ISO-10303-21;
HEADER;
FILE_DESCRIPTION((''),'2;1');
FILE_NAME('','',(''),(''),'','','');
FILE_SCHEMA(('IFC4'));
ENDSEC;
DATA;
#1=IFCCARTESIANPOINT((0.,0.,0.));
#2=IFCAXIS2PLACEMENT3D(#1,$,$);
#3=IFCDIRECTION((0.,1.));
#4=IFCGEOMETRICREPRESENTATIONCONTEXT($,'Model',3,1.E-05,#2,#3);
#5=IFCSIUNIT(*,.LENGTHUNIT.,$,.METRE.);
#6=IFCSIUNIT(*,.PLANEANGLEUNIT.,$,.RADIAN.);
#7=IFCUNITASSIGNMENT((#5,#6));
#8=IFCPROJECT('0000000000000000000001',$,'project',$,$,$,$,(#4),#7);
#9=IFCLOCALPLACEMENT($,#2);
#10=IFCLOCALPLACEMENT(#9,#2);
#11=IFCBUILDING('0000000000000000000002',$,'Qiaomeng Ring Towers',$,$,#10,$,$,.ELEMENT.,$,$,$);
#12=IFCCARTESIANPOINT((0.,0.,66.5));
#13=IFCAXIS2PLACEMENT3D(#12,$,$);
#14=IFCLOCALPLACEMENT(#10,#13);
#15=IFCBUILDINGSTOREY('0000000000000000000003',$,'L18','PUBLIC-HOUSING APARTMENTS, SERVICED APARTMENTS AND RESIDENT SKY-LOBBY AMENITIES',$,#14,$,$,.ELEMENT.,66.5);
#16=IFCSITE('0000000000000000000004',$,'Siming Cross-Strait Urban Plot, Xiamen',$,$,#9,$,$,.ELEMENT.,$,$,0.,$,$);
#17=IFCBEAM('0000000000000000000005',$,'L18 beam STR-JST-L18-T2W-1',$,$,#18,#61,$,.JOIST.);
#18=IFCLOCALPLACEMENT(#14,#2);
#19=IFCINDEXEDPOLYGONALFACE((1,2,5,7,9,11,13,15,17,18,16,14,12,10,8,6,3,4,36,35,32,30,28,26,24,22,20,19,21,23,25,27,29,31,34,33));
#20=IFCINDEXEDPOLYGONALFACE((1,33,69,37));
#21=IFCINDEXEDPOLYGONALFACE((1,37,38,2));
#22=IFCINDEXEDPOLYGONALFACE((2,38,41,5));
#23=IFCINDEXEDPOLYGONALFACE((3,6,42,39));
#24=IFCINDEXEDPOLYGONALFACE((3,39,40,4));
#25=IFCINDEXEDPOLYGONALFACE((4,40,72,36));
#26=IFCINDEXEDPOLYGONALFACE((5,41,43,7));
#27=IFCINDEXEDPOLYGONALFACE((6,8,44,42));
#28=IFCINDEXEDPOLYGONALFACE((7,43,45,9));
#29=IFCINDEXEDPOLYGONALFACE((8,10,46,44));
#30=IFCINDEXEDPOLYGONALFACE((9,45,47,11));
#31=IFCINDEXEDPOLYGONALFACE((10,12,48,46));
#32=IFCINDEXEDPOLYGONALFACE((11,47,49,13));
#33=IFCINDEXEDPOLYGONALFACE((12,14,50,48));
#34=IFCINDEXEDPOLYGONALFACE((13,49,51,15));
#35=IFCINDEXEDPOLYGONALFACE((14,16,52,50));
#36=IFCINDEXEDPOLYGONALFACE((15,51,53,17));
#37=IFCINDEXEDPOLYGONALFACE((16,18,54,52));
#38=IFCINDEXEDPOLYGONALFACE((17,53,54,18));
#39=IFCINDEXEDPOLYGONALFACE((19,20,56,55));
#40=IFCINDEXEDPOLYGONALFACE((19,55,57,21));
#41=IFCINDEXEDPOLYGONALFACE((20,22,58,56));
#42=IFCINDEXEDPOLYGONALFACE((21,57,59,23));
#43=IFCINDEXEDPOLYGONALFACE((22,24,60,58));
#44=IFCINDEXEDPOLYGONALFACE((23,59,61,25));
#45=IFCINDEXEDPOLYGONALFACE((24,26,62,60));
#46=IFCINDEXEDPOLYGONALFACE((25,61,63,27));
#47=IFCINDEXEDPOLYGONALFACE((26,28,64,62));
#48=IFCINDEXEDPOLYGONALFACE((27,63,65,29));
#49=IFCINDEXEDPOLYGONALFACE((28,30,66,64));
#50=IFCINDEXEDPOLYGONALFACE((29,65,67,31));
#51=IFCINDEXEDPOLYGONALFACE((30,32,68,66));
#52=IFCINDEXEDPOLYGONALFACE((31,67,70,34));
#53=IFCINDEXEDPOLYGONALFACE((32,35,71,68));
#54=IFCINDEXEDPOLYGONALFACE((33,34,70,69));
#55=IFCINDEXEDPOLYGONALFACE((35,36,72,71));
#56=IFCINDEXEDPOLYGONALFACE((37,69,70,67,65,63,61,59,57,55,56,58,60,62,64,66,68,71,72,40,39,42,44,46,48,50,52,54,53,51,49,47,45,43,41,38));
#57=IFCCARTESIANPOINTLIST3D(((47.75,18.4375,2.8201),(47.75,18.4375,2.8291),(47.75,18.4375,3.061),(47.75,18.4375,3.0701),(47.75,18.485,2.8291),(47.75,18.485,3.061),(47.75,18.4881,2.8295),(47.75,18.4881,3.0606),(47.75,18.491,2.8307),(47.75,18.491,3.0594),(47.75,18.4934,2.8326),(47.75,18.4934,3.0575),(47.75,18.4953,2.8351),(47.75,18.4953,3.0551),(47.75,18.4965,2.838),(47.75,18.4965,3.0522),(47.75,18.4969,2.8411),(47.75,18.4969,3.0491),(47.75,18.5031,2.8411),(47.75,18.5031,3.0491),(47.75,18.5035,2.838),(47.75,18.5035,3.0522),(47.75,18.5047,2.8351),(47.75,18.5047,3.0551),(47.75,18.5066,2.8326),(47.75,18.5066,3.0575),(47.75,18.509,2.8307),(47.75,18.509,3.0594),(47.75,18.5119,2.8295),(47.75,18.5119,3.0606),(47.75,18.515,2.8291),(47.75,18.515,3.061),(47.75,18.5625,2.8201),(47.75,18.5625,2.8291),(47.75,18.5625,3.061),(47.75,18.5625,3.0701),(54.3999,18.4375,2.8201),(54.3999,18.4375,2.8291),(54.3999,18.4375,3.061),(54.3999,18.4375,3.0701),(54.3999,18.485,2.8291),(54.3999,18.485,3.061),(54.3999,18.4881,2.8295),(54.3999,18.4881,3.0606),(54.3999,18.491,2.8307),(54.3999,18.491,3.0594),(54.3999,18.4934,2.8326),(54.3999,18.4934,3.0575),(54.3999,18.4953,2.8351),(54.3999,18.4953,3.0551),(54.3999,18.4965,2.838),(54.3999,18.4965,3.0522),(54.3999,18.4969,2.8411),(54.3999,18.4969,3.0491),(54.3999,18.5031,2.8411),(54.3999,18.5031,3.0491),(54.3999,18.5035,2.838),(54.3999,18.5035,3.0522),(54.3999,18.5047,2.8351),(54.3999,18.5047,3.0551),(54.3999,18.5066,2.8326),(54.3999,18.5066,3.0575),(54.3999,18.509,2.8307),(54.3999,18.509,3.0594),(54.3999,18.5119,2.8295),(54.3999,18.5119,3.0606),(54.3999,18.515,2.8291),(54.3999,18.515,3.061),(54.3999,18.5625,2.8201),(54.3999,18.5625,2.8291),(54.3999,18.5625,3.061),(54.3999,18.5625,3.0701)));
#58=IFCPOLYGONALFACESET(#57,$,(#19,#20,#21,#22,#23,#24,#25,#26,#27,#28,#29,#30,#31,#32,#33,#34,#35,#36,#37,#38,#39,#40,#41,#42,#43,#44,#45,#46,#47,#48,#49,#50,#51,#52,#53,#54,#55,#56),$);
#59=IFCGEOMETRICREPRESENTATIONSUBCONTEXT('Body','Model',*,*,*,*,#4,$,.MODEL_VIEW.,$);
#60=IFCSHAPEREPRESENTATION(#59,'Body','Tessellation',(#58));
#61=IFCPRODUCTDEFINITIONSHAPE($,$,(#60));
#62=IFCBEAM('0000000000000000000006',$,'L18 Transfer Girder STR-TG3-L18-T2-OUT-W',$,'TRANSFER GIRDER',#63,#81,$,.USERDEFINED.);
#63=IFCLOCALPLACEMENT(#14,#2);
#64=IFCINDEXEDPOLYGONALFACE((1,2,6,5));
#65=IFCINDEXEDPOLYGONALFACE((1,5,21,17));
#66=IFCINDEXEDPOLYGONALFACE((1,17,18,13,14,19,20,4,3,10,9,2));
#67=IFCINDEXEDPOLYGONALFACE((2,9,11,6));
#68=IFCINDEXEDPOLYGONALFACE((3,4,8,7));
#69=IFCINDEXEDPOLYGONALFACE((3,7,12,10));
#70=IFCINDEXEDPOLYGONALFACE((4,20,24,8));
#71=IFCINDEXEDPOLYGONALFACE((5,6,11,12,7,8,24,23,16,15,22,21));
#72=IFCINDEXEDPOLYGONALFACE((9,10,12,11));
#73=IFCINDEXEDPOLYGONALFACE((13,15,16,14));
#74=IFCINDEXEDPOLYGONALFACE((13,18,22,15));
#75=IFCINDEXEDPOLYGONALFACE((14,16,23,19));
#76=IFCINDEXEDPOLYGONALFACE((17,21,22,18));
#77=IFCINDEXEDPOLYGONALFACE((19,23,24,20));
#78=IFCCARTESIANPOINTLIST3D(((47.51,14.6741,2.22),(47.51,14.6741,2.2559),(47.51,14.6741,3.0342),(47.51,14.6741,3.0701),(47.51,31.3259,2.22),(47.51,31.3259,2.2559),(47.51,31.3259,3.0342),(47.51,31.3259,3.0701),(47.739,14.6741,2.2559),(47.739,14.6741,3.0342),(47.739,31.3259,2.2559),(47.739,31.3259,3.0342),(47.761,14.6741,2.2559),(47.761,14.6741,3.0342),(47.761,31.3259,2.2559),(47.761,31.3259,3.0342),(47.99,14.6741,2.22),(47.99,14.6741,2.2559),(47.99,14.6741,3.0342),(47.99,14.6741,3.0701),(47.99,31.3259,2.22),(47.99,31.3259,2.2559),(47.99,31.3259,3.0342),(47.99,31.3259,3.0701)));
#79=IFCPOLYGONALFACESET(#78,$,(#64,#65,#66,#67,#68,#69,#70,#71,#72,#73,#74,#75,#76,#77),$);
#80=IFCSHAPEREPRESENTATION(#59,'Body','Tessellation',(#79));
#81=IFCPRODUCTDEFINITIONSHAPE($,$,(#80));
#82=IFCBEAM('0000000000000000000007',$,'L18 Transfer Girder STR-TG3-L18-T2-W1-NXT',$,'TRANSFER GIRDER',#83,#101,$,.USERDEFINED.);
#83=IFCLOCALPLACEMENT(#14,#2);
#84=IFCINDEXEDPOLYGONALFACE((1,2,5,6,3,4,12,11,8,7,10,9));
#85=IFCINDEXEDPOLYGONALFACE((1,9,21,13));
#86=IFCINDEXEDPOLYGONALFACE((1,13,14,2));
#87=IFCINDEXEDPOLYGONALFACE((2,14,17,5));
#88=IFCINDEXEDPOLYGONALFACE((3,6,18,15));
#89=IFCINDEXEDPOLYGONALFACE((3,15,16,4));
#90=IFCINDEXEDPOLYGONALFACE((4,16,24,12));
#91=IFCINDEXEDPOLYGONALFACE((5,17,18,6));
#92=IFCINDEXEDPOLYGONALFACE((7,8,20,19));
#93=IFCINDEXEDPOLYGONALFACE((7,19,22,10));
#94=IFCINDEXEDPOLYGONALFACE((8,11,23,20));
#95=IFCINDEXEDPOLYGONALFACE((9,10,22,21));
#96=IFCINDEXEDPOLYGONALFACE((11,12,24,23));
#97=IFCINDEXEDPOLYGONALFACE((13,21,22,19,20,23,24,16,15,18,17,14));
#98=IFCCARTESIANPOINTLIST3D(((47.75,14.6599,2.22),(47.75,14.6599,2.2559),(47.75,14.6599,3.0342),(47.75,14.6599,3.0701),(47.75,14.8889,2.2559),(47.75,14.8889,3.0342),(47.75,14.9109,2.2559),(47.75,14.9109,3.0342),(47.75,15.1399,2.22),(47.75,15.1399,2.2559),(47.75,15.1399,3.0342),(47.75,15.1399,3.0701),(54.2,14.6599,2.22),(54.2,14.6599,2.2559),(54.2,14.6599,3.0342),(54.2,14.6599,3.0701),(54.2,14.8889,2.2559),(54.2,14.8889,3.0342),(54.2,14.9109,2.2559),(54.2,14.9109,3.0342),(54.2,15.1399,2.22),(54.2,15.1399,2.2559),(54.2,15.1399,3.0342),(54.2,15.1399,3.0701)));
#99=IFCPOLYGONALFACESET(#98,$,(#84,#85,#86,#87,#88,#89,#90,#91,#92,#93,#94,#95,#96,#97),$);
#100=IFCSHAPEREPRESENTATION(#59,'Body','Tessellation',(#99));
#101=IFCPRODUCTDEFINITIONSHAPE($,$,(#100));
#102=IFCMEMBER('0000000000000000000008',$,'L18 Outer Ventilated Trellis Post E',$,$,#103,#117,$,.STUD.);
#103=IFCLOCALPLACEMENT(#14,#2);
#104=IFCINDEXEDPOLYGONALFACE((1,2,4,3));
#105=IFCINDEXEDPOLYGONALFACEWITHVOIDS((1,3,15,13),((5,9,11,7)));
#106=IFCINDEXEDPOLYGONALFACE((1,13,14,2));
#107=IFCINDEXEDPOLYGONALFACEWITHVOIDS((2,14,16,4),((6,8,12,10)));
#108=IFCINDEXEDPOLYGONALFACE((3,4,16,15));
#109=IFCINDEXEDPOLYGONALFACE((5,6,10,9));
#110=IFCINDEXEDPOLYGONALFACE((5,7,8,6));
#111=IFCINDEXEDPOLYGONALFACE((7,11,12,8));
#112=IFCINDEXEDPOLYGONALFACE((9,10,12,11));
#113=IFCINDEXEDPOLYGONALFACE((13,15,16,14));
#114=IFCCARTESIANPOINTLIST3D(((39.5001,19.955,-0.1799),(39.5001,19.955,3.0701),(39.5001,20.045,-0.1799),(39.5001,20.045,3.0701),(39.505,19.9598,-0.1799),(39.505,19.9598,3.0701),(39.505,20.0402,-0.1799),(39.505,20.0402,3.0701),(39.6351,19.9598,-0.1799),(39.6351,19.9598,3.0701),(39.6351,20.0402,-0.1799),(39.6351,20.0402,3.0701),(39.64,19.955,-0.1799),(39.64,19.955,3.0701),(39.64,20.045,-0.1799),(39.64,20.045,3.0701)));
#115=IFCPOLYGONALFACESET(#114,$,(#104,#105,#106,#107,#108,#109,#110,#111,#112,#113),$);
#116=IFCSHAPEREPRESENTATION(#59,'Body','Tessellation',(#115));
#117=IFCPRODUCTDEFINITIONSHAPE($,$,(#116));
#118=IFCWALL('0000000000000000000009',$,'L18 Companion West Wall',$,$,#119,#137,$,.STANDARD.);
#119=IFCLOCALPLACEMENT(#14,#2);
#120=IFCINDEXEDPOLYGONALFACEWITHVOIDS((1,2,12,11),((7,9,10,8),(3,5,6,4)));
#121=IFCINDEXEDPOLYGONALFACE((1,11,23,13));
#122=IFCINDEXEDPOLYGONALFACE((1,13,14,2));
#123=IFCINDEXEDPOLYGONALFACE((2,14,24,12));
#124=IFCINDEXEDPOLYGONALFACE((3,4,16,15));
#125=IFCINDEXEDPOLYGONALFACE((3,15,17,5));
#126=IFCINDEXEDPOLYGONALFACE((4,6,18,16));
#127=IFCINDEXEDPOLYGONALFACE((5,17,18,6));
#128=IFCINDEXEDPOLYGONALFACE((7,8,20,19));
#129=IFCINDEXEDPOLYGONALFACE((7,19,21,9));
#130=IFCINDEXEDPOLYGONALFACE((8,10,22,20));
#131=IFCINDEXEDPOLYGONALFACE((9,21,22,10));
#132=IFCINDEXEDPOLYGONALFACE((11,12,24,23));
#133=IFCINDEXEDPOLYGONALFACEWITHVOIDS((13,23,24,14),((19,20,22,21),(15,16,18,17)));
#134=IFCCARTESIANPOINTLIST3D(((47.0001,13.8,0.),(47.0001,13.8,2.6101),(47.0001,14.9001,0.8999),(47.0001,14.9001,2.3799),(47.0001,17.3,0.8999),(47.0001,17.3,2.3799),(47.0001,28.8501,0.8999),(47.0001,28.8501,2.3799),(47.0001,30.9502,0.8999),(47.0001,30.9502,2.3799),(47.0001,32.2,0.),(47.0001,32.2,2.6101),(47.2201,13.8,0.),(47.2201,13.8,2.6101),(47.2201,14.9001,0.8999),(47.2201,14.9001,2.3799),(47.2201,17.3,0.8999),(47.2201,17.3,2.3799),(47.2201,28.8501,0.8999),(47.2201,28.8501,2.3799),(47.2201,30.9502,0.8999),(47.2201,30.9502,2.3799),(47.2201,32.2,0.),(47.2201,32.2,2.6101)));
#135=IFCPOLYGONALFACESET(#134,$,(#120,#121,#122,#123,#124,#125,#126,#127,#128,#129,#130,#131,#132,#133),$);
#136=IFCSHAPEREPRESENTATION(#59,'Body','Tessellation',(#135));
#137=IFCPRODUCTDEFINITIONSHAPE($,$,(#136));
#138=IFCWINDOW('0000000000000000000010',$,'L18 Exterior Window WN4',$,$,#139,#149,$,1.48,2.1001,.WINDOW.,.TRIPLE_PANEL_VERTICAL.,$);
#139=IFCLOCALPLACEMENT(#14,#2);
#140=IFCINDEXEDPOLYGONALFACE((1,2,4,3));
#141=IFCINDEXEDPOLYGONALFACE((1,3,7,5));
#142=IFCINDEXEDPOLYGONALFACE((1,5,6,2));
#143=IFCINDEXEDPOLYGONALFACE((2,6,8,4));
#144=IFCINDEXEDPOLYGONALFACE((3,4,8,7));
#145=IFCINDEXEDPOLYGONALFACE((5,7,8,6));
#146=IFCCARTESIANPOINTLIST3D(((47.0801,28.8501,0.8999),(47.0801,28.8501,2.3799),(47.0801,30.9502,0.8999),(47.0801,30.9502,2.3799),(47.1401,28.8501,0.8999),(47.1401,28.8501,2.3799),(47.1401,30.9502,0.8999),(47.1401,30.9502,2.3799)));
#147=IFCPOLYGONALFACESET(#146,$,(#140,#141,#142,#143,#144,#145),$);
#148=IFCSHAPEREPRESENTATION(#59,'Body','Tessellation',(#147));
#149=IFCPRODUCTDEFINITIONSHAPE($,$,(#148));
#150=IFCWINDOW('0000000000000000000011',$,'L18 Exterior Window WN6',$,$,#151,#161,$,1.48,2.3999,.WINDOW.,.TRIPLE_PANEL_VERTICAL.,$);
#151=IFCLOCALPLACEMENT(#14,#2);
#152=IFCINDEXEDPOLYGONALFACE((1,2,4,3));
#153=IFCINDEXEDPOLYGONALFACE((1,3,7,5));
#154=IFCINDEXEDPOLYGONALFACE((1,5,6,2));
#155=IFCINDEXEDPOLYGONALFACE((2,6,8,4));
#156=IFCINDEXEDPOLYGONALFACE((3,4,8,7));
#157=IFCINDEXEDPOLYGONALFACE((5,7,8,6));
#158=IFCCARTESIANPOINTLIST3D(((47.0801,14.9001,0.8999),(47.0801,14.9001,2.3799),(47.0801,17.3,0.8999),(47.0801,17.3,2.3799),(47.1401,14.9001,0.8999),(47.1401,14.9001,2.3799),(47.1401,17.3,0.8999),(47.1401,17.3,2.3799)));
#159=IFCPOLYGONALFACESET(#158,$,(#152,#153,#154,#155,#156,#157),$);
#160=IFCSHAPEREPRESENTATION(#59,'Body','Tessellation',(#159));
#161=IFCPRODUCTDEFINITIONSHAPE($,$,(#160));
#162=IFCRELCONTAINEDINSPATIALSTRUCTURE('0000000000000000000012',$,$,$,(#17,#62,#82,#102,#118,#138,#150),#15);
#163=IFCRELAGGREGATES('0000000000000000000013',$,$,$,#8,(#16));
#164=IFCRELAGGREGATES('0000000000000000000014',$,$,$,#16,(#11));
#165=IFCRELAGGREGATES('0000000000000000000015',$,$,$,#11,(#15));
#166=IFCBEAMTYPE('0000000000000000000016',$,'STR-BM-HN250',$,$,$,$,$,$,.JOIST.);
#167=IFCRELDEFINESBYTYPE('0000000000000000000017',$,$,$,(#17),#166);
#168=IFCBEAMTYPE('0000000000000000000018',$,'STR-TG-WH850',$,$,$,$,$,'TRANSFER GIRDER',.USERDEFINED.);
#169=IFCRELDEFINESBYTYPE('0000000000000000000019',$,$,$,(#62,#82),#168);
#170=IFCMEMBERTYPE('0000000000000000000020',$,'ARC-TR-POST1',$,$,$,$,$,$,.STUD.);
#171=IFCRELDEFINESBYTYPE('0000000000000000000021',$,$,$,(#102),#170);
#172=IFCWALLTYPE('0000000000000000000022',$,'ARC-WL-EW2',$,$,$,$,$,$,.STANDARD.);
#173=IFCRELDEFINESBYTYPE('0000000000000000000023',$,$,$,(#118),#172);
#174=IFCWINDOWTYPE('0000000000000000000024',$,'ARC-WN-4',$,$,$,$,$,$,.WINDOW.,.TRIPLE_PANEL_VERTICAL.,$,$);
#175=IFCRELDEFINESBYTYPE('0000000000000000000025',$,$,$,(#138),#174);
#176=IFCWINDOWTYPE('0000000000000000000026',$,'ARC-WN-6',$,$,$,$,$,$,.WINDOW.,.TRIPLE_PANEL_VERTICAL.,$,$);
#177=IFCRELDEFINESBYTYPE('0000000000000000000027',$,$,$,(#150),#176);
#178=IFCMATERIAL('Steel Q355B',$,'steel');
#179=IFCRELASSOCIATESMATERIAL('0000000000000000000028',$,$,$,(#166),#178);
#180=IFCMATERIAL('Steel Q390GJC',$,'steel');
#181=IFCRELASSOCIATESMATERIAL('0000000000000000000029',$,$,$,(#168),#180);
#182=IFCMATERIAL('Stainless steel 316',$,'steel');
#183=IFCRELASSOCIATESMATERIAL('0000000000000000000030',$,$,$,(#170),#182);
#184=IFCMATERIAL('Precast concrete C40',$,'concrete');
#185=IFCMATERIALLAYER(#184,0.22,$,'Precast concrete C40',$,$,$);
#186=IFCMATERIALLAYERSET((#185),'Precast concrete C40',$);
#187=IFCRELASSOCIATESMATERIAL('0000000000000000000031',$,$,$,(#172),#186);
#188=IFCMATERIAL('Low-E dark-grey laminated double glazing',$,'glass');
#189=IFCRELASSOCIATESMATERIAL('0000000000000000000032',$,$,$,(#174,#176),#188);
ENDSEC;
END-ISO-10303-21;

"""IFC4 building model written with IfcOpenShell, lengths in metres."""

from ifc_helpers import new_model, si_unit, direction, frame, frame_2d, origin, origin_2d, place, context, subcontext, project, spatial, rectangle, hollow_rectangle, i_section, extrude, source, transform, mapped, material, layer, layer_set, material_profile, profile_set, type_object, element, fill, save


model = new_model("IFC4")

# Units and contexts
model_context = context("Model", 3, precision=1e-05, world=origin(), true_north=direction((0.0, 1.0)))
body_context = subcontext(model_context, "Body", "Model", "MODEL_VIEW")
ifc_project = project(units=[si_unit("LENGTHUNIT", "METRE"), si_unit("PLANEANGLEUNIT", "RADIAN")], contexts=[model_context])

# Site, building, storey
site_placement = place(None, origin())
site = spatial("IfcSite", under=ifc_project, at=site_placement, Name="Siming Cross-Strait Urban Plot, Xiamen", CompositionType="ELEMENT", RefElevation=0.0)
building_placement = place(site_placement, origin())
building = spatial("IfcBuilding", under=site, at=building_placement, Name="Qiaomeng Ring Towers", CompositionType="ELEMENT")
storey_placement = place(building_placement, frame((0.0, 0.0, 66.5)))
storey = spatial("IfcBuildingStorey", under=building, at=storey_placement, Name="L18", Description="PUBLIC-HOUSING APARTMENTS, SERVICED APARTMENTS AND RESIDENT SKY-LOBBY AMENITIES", CompositionType="ELEMENT", Elevation=66.5)

# Beams
ifc_material_1 = material(Name="Steel Q355B", Category="steel")
ifc_material_profile_1 = material_profile(ifc_material_1, i_section(OverallWidth=0.125, OverallDepth=0.25, WebThickness=0.0061, FlangeThickness=0.009, FilletRadius=0.012, at=origin_2d()), Name="HN 250x125x6x9")
ifc_profile_set_1 = profile_set([ifc_material_profile_1], Name="Steel Q355B")
beam_type_1 = type_object("IfcBeamType", Name="STR-BM-HN250", PredefinedType="JOIST", material=ifc_profile_set_1)
shared_shape_1 = source(origin(), body_context, "Body", "SweptSolid", [
    extrude(i_section(OverallWidth=0.125, OverallDepth=0.25, WebThickness=0.0061, FlangeThickness=0.009, FilletRadius=0.012, at=origin_2d()), origin(), (0.0, 0.0, 1.0), 6.6499),
])
beam_1_placement = place(storey_placement, frame((47.75, 18.5, 2.9451), z_axis=(1.0, 0.0, 0.0), x_axis=(0.0, 1.0, 0.0)))
element("IfcBeam", 1, at=beam_1_placement, inside=storey, type_object=beam_type_1, Name="L18 beam STR-JST-L18-T2W-1", PredefinedType="JOIST", context=body_context, shape_type="MappedRepresentation", body=[
    mapped(shared_shape_1, transform((0.0, 0.0, 0.0), x_axis=(1.0, 0.0, 0.0), y_axis=(0.0, 1.0, 0.0), z_axis=(0.0, 0.0, 1.0), scale=1.0)),
])
ifc_material_2 = material(Name="Steel Q390GJC", Category="steel")
ifc_material_profile_2 = material_profile(ifc_material_2, i_section(OverallWidth=0.48, OverallDepth=0.8501, WebThickness=0.022, FlangeThickness=0.0359, at=origin_2d()), Name="WH 850x480x22x36")
ifc_profile_set_2 = profile_set([ifc_material_profile_2], Name="Steel Q390GJC")
beam_type_2 = type_object("IfcBeamType", Name="STR-TG-WH850", ElementType="TRANSFER GIRDER", PredefinedType="USERDEFINED", material=ifc_profile_set_2)
shared_shape_2 = source(origin(), body_context, "Body", "SweptSolid", [
    extrude(i_section(OverallWidth=0.48, OverallDepth=0.8501, WebThickness=0.022, FlangeThickness=0.0359, at=origin_2d()), origin(), (0.0, 0.0, 1.0), 16.6519),
])
beam_2_placement = place(storey_placement, frame((47.75, 14.6741, 2.645), z_axis=(0.0, 1.0, 0.0), x_axis=(-1.0, 0.0, 0.0)))
element("IfcBeam", 2, at=beam_2_placement, inside=storey, type_object=beam_type_2, Name="L18 Transfer Girder STR-TG3-L18-T2-OUT-W", ObjectType="TRANSFER GIRDER", PredefinedType="USERDEFINED", context=body_context, shape_type="MappedRepresentation", body=[
    mapped(shared_shape_2, transform((0.0, 0.0, 0.0), x_axis=(1.0, 0.0, 0.0), y_axis=(0.0, 1.0, 0.0), z_axis=(0.0, 0.0, 1.0), scale=1.0)),
])
shared_shape_3 = source(origin(), body_context, "Body", "SweptSolid", [
    extrude(i_section(OverallWidth=0.48, OverallDepth=0.8501, WebThickness=0.022, FlangeThickness=0.0359, at=origin_2d()), origin(), (0.0, 0.0, 1.0), 6.45),
])
beam_3_placement = place(storey_placement, frame((47.75, 14.8999, 2.645), z_axis=(1.0, 0.0, 0.0), x_axis=(0.0, 1.0, 0.0)))
element("IfcBeam", 3, at=beam_3_placement, inside=storey, type_object=beam_type_2, Name="L18 Transfer Girder STR-TG3-L18-T2-W1-NXT", ObjectType="TRANSFER GIRDER", PredefinedType="USERDEFINED", context=body_context, shape_type="MappedRepresentation", body=[
    mapped(shared_shape_3, transform((0.0, 0.0, 0.0), x_axis=(1.0, 0.0, 0.0), y_axis=(0.0, 1.0, 0.0), z_axis=(0.0, 0.0, 1.0), scale=1.0)),
])

# Member
ifc_material_3 = material(Name="Stainless steel 316", Category="steel")
ifc_material_profile_3 = material_profile(ifc_material_3, hollow_rectangle(XDim=0.0901, YDim=0.1399, WallThickness=0.0049, at=origin_2d()), Name="SS TRELLIS 90x140")
ifc_profile_set_3 = profile_set([ifc_material_profile_3], Name="Stainless steel 316")
member_type = type_object("IfcMemberType", Name="ARC-TR-POST1", PredefinedType="STUD", material=ifc_profile_set_3)
shared_shape_4 = source(origin(), body_context, "Body", "SweptSolid", [
    extrude(hollow_rectangle(XDim=0.0901, YDim=0.1399, WallThickness=0.0049, at=origin_2d()), origin(), (0.0, 0.0, 1.0), 3.25),
])
member_placement = place(storey_placement, frame((39.5701, 20.0, -0.1799), z_axis=(0.0, 0.0, 1.0), x_axis=(0.0, 1.0, 0.0)))
element("IfcMember", 4, at=member_placement, inside=storey, type_object=member_type, Name="L18 Outer Ventilated Trellis Post E", PredefinedType="STUD", context=body_context, shape_type="MappedRepresentation", body=[
    mapped(shared_shape_4, transform((0.0, 0.0, 0.0), x_axis=(1.0, 0.0, 0.0), y_axis=(0.0, 1.0, 0.0), z_axis=(0.0, 0.0, 1.0), scale=1.0)),
])

# Wall, openings, windows
ifc_material_4 = material(Name="Precast concrete C40", Category="concrete")
ifc_layer_1 = layer(ifc_material_4, 0.22, Name="Precast concrete C40")
ifc_layer_set_1 = layer_set([ifc_layer_1], Name="Precast concrete C40")
wall_type_1 = type_object("IfcWallType", Name="ARC-WL-EW2", PredefinedType="STANDARD", material=ifc_layer_set_1)
wall_1_placement = place(storey_placement, frame((47.1101, 13.8, 0.0), z_axis=(0.0, 0.0, 1.0), x_axis=(0.0, 1.0, 0.0)))
wall_1 = element("IfcWall", 5, at=wall_1_placement, inside=storey, type_object=wall_type_1, Name="L18 Companion West Wall", PredefinedType="STANDARD", context=body_context, shape_type="SweptSolid", body=[
    extrude(rectangle(XDim=18.3999, YDim=0.22, at=frame_2d((9.2, 0.0))), origin(), (0.0, 0.0, 1.0), 2.6101),
])
opening_1_placement = place(wall_1_placement, frame((1.1001, 0.0, 0.8999)))
opening_1 = element("IfcOpeningElement", 6, at=opening_1_placement, cuts=wall_1, PredefinedType="OPENING", context=body_context, shape_type="SweptSolid", body=[
    extrude(rectangle(XDim=2.3999, YDim=1.48, at=frame_2d((1.2, 0.74))), frame((0.0, 0.1199, 0.0), z_axis=(0.0, -1.0, 0.0), x_axis=(1.0, 0.0, 0.0)), (0.0, 0.0, 1.0), 0.24),
])
opening_2_placement = place(wall_1_placement, frame((15.05, 0.0, 0.8999)))
opening_2 = element("IfcOpeningElement", 7, at=opening_2_placement, cuts=wall_1, PredefinedType="OPENING", context=body_context, shape_type="SweptSolid", body=[
    extrude(rectangle(XDim=2.1001, YDim=1.48, at=frame_2d((1.05, 0.74))), frame((0.0, 0.1199, 0.0), z_axis=(0.0, -1.0, 0.0), x_axis=(1.0, 0.0, 0.0)), (0.0, 0.0, 1.0), 0.24),
])
ifc_material_5 = material(Name="Low-E dark-grey laminated double glazing", Category="glass")
window_type_1 = type_object("IfcWindowType", Name="ARC-WN-4", PartitioningType="TRIPLE_PANEL_VERTICAL", PredefinedType="WINDOW", material=ifc_material_5)
shared_shape_5 = source(origin(), body_context, "Body", "SweptSolid", [
    extrude(rectangle(XDim=2.1001, YDim=1.48, at=frame_2d((1.05, 0.74))), frame((0.0, 0.03, 0.0), z_axis=(0.0, -1.0, 0.0), x_axis=(1.0, 0.0, 0.0)), (0.0, 0.0, 1.0), 0.0601),
])
window_1_placement = place(opening_2_placement, origin())
window_1 = element("IfcWindow", 8, at=window_1_placement, inside=storey, type_object=window_type_1, Name="L18 Exterior Window WN4", OverallHeight=1.48, OverallWidth=2.1001, PartitioningType="TRIPLE_PANEL_VERTICAL", PredefinedType="WINDOW", context=body_context, shape_type="MappedRepresentation", body=[
    mapped(shared_shape_5, transform((0.0, 0.0, 0.0), x_axis=(1.0, 0.0, 0.0), y_axis=(0.0, 1.0, 0.0), z_axis=(0.0, 0.0, 1.0), scale=1.0)),
])
fill(opening_2, window_1)
window_type_2 = type_object("IfcWindowType", Name="ARC-WN-6", PartitioningType="TRIPLE_PANEL_VERTICAL", PredefinedType="WINDOW", material=ifc_material_5)
shared_shape_6 = source(origin(), body_context, "Body", "SweptSolid", [
    extrude(rectangle(XDim=2.3999, YDim=1.48, at=frame_2d((1.2, 0.74))), frame((0.0, 0.03, 0.0), z_axis=(0.0, -1.0, 0.0), x_axis=(1.0, 0.0, 0.0)), (0.0, 0.0, 1.0), 0.0601),
])
window_2_placement = place(opening_1_placement, origin())
window_2 = element("IfcWindow", 9, at=window_2_placement, inside=storey, type_object=window_type_2, Name="L18 Exterior Window WN6", OverallHeight=1.48, OverallWidth=2.3999, PartitioningType="TRIPLE_PANEL_VERTICAL", PredefinedType="WINDOW", context=body_context, shape_type="MappedRepresentation", body=[
    mapped(shared_shape_6, transform((0.0, 0.0, 0.0), x_axis=(1.0, 0.0, 0.0), y_axis=(0.0, 1.0, 0.0), z_axis=(0.0, 0.0, 1.0), scale=1.0)),
])
fill(opening_1, window_2)

save(model, "model.ifc")
